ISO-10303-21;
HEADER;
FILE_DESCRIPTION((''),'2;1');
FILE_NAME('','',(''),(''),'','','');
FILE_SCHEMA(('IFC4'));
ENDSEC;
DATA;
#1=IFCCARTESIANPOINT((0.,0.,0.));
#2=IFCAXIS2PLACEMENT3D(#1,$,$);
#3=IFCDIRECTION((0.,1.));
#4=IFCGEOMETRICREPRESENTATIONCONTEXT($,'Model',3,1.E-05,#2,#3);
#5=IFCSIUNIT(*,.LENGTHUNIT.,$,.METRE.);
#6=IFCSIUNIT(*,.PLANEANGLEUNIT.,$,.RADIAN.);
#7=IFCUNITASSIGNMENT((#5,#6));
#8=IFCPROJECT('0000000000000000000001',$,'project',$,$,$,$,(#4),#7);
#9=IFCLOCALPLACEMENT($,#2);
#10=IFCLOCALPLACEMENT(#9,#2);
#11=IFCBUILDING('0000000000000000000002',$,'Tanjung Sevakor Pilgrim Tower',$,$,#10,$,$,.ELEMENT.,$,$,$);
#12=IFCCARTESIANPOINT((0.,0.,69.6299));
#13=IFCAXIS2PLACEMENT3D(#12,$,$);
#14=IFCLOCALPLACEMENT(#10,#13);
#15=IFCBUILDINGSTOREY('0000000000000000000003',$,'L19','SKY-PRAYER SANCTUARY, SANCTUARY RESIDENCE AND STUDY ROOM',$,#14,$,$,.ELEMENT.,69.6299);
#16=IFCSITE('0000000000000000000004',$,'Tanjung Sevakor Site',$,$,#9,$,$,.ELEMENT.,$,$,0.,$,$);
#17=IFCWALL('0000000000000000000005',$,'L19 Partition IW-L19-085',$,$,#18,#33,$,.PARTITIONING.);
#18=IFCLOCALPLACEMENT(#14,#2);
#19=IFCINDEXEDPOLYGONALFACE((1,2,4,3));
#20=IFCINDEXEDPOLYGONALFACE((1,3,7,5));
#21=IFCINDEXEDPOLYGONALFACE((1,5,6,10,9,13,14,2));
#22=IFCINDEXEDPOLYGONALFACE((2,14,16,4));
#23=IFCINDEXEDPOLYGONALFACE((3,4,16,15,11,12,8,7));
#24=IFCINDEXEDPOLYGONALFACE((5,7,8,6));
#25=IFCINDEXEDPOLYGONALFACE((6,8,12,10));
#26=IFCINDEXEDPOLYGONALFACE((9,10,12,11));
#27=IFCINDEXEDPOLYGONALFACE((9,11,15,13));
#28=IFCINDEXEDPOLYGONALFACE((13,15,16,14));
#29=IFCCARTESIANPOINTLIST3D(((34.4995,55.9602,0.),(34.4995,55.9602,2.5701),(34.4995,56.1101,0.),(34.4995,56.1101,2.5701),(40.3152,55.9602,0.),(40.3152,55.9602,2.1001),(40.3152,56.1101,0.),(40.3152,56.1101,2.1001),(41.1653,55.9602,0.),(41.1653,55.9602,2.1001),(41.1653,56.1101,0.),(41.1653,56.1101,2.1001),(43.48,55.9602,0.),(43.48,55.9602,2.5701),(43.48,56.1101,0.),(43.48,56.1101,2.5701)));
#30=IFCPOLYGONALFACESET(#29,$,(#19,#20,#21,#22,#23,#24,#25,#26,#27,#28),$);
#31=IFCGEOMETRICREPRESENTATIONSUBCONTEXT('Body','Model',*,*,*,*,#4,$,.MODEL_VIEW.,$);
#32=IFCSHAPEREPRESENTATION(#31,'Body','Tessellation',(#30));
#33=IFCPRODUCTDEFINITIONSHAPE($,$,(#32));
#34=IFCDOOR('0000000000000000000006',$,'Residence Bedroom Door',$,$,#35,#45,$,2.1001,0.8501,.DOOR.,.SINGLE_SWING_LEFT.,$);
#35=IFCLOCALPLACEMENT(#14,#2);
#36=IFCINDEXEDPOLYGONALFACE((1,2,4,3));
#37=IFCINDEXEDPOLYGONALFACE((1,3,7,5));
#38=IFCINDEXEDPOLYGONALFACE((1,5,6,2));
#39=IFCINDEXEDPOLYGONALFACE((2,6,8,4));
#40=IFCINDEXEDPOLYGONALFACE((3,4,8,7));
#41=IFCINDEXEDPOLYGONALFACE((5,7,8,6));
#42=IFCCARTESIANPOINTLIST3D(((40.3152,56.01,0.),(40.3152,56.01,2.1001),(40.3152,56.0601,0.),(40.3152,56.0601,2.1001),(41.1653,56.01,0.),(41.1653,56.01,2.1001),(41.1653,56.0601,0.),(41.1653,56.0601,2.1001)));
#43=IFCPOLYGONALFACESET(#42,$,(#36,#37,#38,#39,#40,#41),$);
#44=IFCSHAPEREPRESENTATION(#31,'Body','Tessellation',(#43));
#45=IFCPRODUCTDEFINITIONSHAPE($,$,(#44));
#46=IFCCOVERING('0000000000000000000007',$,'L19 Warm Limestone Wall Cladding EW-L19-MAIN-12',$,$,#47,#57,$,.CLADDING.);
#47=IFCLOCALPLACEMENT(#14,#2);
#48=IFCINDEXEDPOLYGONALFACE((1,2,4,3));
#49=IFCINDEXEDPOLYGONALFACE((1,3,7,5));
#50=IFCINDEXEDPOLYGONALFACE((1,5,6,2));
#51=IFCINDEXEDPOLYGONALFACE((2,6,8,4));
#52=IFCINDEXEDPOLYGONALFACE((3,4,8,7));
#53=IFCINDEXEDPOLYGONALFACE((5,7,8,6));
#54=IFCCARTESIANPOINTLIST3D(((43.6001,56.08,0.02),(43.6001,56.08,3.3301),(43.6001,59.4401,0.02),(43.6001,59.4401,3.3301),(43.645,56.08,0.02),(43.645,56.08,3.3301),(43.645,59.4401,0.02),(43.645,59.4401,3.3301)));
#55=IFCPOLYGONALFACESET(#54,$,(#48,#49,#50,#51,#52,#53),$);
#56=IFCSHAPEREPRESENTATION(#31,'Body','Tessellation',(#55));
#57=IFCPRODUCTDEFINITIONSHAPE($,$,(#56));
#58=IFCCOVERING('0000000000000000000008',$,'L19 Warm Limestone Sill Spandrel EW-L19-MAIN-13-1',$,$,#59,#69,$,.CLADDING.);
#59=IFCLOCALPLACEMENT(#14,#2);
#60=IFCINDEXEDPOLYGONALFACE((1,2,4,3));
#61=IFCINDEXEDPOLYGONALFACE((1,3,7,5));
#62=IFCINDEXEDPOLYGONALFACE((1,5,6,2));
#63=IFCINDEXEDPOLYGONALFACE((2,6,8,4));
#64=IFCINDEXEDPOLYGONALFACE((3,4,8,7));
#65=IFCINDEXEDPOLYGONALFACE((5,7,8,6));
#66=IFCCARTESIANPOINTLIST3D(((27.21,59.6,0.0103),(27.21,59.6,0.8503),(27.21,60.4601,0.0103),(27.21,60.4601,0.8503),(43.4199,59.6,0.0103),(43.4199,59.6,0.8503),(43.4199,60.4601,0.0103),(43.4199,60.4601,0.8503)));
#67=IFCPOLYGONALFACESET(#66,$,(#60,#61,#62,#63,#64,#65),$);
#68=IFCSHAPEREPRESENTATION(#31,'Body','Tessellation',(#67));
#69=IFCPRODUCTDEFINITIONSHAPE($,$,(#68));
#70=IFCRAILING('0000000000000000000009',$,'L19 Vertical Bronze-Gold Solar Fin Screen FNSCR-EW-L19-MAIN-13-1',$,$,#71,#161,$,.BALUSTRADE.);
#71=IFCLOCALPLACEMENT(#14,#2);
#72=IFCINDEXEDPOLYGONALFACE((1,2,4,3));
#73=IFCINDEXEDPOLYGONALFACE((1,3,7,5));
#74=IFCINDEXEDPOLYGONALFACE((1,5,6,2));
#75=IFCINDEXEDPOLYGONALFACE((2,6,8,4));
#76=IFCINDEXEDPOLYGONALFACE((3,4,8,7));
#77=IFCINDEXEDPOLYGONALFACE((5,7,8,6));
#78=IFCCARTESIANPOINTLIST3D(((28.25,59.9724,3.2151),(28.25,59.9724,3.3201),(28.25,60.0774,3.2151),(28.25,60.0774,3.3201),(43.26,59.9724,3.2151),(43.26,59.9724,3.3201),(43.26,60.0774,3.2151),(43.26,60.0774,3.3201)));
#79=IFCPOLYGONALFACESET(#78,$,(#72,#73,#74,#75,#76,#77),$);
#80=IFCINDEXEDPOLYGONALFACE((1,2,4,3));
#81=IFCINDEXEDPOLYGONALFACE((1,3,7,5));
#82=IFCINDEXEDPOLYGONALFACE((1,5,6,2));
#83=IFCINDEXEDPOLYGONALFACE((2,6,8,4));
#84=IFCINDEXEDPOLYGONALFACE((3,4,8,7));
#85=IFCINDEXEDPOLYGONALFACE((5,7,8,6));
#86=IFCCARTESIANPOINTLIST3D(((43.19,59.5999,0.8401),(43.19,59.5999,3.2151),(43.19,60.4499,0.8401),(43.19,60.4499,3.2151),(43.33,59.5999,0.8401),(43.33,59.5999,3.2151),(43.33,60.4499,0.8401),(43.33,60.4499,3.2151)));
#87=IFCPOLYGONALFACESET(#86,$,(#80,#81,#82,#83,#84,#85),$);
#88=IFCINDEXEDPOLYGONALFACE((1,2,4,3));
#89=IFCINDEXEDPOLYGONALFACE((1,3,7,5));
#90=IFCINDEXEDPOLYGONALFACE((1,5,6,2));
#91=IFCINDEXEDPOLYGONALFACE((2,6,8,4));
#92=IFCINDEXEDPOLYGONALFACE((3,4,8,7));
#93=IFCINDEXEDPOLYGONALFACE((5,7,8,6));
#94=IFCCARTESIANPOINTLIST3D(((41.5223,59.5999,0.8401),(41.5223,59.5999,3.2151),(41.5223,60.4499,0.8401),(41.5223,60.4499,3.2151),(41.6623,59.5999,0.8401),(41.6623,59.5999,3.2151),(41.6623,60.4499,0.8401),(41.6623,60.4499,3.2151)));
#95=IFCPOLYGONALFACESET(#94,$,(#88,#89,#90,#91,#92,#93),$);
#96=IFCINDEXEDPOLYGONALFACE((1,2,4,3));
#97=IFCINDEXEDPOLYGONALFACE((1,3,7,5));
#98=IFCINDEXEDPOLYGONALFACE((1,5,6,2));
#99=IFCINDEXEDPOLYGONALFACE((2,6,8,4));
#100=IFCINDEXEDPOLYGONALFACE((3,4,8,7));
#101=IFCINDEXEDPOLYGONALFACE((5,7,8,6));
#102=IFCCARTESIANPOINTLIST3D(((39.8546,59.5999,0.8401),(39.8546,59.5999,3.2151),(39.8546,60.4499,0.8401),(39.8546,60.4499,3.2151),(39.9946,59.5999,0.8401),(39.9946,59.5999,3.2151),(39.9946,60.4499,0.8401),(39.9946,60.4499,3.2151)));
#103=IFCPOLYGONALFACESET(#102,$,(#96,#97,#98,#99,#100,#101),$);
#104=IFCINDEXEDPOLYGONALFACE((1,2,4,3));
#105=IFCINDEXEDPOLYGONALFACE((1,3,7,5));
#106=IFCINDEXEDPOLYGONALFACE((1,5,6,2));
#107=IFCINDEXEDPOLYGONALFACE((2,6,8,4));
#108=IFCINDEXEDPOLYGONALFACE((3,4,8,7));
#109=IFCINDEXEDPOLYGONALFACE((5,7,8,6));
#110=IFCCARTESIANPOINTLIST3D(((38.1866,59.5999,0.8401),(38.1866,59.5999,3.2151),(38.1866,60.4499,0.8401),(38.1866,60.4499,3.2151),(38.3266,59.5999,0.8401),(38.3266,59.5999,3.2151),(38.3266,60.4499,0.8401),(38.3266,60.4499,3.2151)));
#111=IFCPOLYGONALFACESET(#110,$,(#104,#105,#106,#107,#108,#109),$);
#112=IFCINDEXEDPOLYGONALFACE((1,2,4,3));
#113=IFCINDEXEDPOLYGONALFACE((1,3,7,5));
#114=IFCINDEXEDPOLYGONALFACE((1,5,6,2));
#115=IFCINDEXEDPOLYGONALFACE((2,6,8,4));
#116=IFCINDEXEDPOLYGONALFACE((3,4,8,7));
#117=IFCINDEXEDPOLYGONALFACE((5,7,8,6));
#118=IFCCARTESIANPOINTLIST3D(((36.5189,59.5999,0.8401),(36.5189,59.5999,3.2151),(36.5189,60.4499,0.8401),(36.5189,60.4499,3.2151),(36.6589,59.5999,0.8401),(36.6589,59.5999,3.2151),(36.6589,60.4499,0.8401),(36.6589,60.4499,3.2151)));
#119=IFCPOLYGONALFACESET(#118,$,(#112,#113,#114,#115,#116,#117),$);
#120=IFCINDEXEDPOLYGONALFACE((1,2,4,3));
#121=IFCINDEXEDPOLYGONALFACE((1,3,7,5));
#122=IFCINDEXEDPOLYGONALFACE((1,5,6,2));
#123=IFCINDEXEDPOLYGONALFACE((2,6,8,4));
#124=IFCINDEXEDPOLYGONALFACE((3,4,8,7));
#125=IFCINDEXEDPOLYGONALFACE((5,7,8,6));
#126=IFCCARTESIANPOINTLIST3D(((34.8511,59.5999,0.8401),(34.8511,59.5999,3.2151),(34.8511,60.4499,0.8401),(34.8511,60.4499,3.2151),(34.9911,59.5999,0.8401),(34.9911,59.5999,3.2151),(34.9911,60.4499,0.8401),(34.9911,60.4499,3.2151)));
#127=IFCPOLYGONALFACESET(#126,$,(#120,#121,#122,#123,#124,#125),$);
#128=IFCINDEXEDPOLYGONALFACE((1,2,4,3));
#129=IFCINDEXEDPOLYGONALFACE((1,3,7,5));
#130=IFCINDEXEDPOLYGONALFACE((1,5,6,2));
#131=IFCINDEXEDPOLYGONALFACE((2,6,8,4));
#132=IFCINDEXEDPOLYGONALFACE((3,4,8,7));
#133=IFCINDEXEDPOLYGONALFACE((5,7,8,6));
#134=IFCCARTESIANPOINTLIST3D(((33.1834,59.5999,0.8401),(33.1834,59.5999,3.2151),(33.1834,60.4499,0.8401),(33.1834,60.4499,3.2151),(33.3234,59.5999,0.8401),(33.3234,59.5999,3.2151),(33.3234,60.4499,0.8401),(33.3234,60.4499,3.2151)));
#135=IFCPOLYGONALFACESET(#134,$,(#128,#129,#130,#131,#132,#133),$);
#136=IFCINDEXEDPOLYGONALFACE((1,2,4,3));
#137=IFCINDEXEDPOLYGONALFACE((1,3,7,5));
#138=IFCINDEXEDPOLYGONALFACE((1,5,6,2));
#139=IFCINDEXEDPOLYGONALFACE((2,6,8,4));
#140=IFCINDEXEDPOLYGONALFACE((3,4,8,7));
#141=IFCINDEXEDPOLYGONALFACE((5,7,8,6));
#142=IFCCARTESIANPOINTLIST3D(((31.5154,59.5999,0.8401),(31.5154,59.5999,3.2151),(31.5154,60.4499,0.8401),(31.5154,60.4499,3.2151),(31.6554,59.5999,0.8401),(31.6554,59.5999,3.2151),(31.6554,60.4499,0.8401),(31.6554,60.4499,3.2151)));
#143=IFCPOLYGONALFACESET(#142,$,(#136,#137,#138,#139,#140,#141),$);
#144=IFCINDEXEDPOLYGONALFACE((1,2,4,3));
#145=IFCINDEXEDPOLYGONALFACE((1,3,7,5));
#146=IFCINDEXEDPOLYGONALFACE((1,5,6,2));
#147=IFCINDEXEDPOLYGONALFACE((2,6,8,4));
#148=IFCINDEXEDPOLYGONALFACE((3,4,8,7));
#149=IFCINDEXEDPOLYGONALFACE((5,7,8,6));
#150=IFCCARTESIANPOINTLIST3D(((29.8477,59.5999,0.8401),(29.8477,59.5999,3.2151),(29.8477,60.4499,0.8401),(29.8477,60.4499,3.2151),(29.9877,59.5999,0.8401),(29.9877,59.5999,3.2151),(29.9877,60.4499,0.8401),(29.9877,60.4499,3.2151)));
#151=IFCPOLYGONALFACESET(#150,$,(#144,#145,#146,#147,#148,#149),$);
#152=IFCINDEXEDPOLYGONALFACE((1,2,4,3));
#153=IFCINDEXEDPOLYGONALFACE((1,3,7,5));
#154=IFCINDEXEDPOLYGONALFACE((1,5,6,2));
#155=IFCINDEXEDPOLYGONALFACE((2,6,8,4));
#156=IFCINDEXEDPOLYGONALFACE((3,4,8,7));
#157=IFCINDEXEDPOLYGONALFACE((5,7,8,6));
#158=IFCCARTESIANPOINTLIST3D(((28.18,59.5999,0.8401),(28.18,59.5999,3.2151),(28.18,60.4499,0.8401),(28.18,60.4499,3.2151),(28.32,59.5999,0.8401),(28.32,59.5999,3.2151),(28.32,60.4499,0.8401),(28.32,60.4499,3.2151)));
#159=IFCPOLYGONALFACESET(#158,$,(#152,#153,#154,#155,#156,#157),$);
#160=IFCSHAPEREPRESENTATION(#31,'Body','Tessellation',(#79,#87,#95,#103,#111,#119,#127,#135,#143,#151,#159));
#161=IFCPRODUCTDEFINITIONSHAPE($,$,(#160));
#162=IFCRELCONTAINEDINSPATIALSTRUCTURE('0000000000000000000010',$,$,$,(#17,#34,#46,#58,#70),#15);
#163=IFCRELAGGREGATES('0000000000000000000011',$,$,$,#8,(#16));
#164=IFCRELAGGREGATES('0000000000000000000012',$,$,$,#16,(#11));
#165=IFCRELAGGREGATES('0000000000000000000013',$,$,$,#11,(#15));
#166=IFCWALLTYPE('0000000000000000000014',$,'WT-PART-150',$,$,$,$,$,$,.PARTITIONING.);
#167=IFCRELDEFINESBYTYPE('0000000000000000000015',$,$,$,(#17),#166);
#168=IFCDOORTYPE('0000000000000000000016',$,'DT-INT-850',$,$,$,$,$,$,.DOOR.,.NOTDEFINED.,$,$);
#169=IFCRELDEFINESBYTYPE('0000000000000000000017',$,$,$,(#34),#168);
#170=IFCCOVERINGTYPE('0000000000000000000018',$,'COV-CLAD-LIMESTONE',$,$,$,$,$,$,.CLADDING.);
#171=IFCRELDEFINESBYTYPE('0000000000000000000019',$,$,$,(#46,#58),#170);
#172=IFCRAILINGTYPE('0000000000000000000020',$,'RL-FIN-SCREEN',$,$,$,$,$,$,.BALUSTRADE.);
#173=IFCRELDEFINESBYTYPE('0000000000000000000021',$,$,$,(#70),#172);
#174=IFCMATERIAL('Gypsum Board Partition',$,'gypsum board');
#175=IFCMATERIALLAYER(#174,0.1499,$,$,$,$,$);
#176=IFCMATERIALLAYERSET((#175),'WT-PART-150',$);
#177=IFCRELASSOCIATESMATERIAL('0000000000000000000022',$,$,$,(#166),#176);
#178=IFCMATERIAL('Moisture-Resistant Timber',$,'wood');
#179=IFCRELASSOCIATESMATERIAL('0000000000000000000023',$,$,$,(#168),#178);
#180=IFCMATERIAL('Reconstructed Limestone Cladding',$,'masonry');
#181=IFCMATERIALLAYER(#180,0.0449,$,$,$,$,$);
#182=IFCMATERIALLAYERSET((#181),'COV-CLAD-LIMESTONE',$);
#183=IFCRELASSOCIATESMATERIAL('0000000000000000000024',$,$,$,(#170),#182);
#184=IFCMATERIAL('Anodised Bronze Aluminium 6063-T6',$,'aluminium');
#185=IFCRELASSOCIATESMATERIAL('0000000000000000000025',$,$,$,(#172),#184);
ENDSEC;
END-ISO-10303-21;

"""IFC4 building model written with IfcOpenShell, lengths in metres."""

from ifc_helpers import new_model, si_unit, direction, frame, frame_2d, origin, origin_2d, place, context, subcontext, project, spatial, rectangle, extrude, material, layer, layer_set, type_object, element, fill, save


model = new_model("IFC4")

# Units and contexts
model_context = context("Model", 3, precision=1e-05, world=origin(), true_north=direction((0.0, 1.0)))
body_context = subcontext(model_context, "Body", "Model", "MODEL_VIEW")
ifc_project = project(units=[si_unit("LENGTHUNIT", "METRE"), si_unit("PLANEANGLEUNIT", "RADIAN")], contexts=[model_context])

# Site, building, storey
site_placement = place(None, origin())
site = spatial("IfcSite", under=ifc_project, at=site_placement, Name="Tanjung Sevakor Site", CompositionType="ELEMENT", RefElevation=0.0)
building_placement = place(site_placement, origin())
building = spatial("IfcBuilding", under=site, at=building_placement, Name="Tanjung Sevakor Pilgrim Tower", CompositionType="ELEMENT")
storey_placement = place(building_placement, frame((0.0, 0.0, 69.6299)))
storey = spatial("IfcBuildingStorey", under=building, at=storey_placement, Name="L19", Description="SKY-PRAYER SANCTUARY, SANCTUARY RESIDENCE AND STUDY ROOM", CompositionType="ELEMENT", Elevation=69.6299)

# Shared definitions
ifc_material_1 = material(Name="Gypsum Board Partition", Category="gypsum board")
ifc_layer_1 = layer(ifc_material_1, 0.1499)
ifc_layer_set_1 = layer_set([ifc_layer_1], Name="WT-PART-150")
wall_type_1 = type_object("IfcWallType", Name="WT-PART-150", PredefinedType="PARTITIONING", material=ifc_layer_set_1)

# Wall, opening, door
wall_1_placement = place(storey_placement, frame((34.4995, 56.0352, 0.0), z_axis=(0.0, 0.0, 1.0), x_axis=(1.0, 0.0, 0.0)))
wall_1 = element("IfcWall", 1, at=wall_1_placement, inside=storey, type_object=wall_type_1, Name="L19 Partition IW-L19-085", PredefinedType="PARTITIONING", context=body_context, shape_type="SweptSolid", body=[
    extrude(rectangle(XDim=8.9805, YDim=0.1499, at=frame_2d((4.4902, 0.0))), origin(), (0.0, 0.0, 1.0), 2.5701),
])
opening_1_placement = place(wall_1_placement, frame((5.8157, 0.0, 0.0)))
opening_1 = element("IfcOpeningElement", 2, at=opening_1_placement, cuts=wall_1, PredefinedType="OPENING", context=body_context, shape_type="SweptSolid", body=[
    extrude(rectangle(XDim=0.8501, YDim=2.1001, at=frame_2d((0.425, 1.05))), frame((0.0, 0.085, 0.0), z_axis=(0.0, -1.0, 0.0), x_axis=(1.0, 0.0, 0.0)), (0.0, 0.0, 1.0), 0.1699),
])
ifc_material_2 = material(Name="Moisture-Resistant Timber", Category="wood")
door_type_1 = type_object("IfcDoorType", Name="DT-INT-850", OperationType="NOTDEFINED", PredefinedType="DOOR", material=ifc_material_2)
door_1_placement = place(opening_1_placement, origin())
door_1 = element("IfcDoor", 3, at=door_1_placement, inside=storey, type_object=door_type_1, Name="Residence Bedroom Door", OperationType="SINGLE_SWING_LEFT", OverallHeight=2.1001, OverallWidth=0.8501, PredefinedType="DOOR", context=body_context, shape_type="SweptSolid", body=[
    extrude(rectangle(XDim=0.8501, YDim=2.1001, at=frame_2d((0.425, 1.05))), frame((0.0, 0.0249, 0.0), z_axis=(0.0, -1.0, 0.0), x_axis=(1.0, 0.0, 0.0)), (0.0, 0.0, 1.0), 0.05),
])
fill(opening_1, door_1)

# Coverings
ifc_material_3 = material(Name="Reconstructed Limestone Cladding", Category="masonry")
ifc_layer_2 = layer(ifc_material_3, 0.0449)
ifc_layer_set_2 = layer_set([ifc_layer_2], Name="COV-CLAD-LIMESTONE")
covering_type = type_object("IfcCoveringType", Name="COV-CLAD-LIMESTONE", PredefinedType="CLADDING", material=ifc_layer_set_2)
covering_1_placement = place(storey_placement, frame((43.6226, 57.76, 0.02), z_axis=(0.0, 0.0, 1.0), x_axis=(0.0, 1.0, 0.0)))
element("IfcCovering", 4, at=covering_1_placement, inside=storey, type_object=covering_type, Name="L19 Warm Limestone Wall Cladding EW-L19-MAIN-12", PredefinedType="CLADDING", context=body_context, shape_type="SweptSolid", body=[
    extrude(rectangle(XDim=3.3601, YDim=0.0449, at=origin_2d()), origin(), (0.0, 0.0, 1.0), 3.3101),
])
covering_2_placement = place(storey_placement, frame((35.3149, 60.03, 0.0103), z_axis=(0.0, 0.0, 1.0), x_axis=(-1.0, 0.0, 0.0)))
element("IfcCovering", 5, at=covering_2_placement, inside=storey, type_object=covering_type, Name="L19 Warm Limestone Sill Spandrel EW-L19-MAIN-13-1", PredefinedType="CLADDING", context=body_context, shape_type="SweptSolid", body=[
    extrude(rectangle(XDim=16.21, YDim=0.8601, at=origin_2d()), origin(), (0.0, 0.0, 1.0), 0.8401),
])

# Railing
ifc_material_4 = material(Name="Anodised Bronze Aluminium 6063-T6", Category="aluminium")
railing_type = type_object("IfcRailingType", Name="RL-FIN-SCREEN", PredefinedType="BALUSTRADE", material=ifc_material_4)
railing_placement = place(storey_placement, frame((43.26, 60.0249, 0.8401)))
element("IfcRailing", 6, at=railing_placement, inside=storey, type_object=railing_type, Name="L19 Vertical Bronze-Gold Solar Fin Screen FNSCR-EW-L19-MAIN-13-1", PredefinedType="BALUSTRADE", context=body_context, shape_type="SweptSolid", body=[
    extrude(rectangle(XDim=0.105, YDim=0.105), frame((0.0, 0.0, 2.4275), z_axis=(-1.0, 0.0, 0.0), x_axis=(0.0, -1.0, 0.0)), (0.0, 0.0, 1.0), 15.01),
    extrude(rectangle(XDim=0.14, YDim=0.85), origin(), (0.0, 0.0, 1.0), 2.375),
    extrude(rectangle(XDim=0.14, YDim=0.85), frame((-1.6677, 0.0, 0.0)), (0.0, 0.0, 1.0), 2.375),
    extrude(rectangle(XDim=0.14, YDim=0.85), frame((-3.3354, 0.0, 0.0)), (0.0, 0.0, 1.0), 2.375),
    extrude(rectangle(XDim=0.14, YDim=0.85), frame((-5.0034, 0.0, 0.0)), (0.0, 0.0, 1.0), 2.375),
    extrude(rectangle(XDim=0.14, YDim=0.85), frame((-6.6711, 0.0, 0.0)), (0.0, 0.0, 1.0), 2.375),
    extrude(rectangle(XDim=0.14, YDim=0.85), frame((-8.3389, 0.0, 0.0)), (0.0, 0.0, 1.0), 2.375),
    extrude(rectangle(XDim=0.14, YDim=0.85), frame((-10.0066, 0.0, 0.0)), (0.0, 0.0, 1.0), 2.375),
    extrude(rectangle(XDim=0.14, YDim=0.85), frame((-11.6746, 0.0, 0.0)), (0.0, 0.0, 1.0), 2.375),
    extrude(rectangle(XDim=0.14, YDim=0.85), frame((-13.3423, 0.0, 0.0)), (0.0, 0.0, 1.0), 2.375),
    extrude(rectangle(XDim=0.14, YDim=0.85), frame((-15.01, 0.0, 0.0)), (0.0, 0.0, 1.0), 2.375),
])

save(model, "model.ifc")
